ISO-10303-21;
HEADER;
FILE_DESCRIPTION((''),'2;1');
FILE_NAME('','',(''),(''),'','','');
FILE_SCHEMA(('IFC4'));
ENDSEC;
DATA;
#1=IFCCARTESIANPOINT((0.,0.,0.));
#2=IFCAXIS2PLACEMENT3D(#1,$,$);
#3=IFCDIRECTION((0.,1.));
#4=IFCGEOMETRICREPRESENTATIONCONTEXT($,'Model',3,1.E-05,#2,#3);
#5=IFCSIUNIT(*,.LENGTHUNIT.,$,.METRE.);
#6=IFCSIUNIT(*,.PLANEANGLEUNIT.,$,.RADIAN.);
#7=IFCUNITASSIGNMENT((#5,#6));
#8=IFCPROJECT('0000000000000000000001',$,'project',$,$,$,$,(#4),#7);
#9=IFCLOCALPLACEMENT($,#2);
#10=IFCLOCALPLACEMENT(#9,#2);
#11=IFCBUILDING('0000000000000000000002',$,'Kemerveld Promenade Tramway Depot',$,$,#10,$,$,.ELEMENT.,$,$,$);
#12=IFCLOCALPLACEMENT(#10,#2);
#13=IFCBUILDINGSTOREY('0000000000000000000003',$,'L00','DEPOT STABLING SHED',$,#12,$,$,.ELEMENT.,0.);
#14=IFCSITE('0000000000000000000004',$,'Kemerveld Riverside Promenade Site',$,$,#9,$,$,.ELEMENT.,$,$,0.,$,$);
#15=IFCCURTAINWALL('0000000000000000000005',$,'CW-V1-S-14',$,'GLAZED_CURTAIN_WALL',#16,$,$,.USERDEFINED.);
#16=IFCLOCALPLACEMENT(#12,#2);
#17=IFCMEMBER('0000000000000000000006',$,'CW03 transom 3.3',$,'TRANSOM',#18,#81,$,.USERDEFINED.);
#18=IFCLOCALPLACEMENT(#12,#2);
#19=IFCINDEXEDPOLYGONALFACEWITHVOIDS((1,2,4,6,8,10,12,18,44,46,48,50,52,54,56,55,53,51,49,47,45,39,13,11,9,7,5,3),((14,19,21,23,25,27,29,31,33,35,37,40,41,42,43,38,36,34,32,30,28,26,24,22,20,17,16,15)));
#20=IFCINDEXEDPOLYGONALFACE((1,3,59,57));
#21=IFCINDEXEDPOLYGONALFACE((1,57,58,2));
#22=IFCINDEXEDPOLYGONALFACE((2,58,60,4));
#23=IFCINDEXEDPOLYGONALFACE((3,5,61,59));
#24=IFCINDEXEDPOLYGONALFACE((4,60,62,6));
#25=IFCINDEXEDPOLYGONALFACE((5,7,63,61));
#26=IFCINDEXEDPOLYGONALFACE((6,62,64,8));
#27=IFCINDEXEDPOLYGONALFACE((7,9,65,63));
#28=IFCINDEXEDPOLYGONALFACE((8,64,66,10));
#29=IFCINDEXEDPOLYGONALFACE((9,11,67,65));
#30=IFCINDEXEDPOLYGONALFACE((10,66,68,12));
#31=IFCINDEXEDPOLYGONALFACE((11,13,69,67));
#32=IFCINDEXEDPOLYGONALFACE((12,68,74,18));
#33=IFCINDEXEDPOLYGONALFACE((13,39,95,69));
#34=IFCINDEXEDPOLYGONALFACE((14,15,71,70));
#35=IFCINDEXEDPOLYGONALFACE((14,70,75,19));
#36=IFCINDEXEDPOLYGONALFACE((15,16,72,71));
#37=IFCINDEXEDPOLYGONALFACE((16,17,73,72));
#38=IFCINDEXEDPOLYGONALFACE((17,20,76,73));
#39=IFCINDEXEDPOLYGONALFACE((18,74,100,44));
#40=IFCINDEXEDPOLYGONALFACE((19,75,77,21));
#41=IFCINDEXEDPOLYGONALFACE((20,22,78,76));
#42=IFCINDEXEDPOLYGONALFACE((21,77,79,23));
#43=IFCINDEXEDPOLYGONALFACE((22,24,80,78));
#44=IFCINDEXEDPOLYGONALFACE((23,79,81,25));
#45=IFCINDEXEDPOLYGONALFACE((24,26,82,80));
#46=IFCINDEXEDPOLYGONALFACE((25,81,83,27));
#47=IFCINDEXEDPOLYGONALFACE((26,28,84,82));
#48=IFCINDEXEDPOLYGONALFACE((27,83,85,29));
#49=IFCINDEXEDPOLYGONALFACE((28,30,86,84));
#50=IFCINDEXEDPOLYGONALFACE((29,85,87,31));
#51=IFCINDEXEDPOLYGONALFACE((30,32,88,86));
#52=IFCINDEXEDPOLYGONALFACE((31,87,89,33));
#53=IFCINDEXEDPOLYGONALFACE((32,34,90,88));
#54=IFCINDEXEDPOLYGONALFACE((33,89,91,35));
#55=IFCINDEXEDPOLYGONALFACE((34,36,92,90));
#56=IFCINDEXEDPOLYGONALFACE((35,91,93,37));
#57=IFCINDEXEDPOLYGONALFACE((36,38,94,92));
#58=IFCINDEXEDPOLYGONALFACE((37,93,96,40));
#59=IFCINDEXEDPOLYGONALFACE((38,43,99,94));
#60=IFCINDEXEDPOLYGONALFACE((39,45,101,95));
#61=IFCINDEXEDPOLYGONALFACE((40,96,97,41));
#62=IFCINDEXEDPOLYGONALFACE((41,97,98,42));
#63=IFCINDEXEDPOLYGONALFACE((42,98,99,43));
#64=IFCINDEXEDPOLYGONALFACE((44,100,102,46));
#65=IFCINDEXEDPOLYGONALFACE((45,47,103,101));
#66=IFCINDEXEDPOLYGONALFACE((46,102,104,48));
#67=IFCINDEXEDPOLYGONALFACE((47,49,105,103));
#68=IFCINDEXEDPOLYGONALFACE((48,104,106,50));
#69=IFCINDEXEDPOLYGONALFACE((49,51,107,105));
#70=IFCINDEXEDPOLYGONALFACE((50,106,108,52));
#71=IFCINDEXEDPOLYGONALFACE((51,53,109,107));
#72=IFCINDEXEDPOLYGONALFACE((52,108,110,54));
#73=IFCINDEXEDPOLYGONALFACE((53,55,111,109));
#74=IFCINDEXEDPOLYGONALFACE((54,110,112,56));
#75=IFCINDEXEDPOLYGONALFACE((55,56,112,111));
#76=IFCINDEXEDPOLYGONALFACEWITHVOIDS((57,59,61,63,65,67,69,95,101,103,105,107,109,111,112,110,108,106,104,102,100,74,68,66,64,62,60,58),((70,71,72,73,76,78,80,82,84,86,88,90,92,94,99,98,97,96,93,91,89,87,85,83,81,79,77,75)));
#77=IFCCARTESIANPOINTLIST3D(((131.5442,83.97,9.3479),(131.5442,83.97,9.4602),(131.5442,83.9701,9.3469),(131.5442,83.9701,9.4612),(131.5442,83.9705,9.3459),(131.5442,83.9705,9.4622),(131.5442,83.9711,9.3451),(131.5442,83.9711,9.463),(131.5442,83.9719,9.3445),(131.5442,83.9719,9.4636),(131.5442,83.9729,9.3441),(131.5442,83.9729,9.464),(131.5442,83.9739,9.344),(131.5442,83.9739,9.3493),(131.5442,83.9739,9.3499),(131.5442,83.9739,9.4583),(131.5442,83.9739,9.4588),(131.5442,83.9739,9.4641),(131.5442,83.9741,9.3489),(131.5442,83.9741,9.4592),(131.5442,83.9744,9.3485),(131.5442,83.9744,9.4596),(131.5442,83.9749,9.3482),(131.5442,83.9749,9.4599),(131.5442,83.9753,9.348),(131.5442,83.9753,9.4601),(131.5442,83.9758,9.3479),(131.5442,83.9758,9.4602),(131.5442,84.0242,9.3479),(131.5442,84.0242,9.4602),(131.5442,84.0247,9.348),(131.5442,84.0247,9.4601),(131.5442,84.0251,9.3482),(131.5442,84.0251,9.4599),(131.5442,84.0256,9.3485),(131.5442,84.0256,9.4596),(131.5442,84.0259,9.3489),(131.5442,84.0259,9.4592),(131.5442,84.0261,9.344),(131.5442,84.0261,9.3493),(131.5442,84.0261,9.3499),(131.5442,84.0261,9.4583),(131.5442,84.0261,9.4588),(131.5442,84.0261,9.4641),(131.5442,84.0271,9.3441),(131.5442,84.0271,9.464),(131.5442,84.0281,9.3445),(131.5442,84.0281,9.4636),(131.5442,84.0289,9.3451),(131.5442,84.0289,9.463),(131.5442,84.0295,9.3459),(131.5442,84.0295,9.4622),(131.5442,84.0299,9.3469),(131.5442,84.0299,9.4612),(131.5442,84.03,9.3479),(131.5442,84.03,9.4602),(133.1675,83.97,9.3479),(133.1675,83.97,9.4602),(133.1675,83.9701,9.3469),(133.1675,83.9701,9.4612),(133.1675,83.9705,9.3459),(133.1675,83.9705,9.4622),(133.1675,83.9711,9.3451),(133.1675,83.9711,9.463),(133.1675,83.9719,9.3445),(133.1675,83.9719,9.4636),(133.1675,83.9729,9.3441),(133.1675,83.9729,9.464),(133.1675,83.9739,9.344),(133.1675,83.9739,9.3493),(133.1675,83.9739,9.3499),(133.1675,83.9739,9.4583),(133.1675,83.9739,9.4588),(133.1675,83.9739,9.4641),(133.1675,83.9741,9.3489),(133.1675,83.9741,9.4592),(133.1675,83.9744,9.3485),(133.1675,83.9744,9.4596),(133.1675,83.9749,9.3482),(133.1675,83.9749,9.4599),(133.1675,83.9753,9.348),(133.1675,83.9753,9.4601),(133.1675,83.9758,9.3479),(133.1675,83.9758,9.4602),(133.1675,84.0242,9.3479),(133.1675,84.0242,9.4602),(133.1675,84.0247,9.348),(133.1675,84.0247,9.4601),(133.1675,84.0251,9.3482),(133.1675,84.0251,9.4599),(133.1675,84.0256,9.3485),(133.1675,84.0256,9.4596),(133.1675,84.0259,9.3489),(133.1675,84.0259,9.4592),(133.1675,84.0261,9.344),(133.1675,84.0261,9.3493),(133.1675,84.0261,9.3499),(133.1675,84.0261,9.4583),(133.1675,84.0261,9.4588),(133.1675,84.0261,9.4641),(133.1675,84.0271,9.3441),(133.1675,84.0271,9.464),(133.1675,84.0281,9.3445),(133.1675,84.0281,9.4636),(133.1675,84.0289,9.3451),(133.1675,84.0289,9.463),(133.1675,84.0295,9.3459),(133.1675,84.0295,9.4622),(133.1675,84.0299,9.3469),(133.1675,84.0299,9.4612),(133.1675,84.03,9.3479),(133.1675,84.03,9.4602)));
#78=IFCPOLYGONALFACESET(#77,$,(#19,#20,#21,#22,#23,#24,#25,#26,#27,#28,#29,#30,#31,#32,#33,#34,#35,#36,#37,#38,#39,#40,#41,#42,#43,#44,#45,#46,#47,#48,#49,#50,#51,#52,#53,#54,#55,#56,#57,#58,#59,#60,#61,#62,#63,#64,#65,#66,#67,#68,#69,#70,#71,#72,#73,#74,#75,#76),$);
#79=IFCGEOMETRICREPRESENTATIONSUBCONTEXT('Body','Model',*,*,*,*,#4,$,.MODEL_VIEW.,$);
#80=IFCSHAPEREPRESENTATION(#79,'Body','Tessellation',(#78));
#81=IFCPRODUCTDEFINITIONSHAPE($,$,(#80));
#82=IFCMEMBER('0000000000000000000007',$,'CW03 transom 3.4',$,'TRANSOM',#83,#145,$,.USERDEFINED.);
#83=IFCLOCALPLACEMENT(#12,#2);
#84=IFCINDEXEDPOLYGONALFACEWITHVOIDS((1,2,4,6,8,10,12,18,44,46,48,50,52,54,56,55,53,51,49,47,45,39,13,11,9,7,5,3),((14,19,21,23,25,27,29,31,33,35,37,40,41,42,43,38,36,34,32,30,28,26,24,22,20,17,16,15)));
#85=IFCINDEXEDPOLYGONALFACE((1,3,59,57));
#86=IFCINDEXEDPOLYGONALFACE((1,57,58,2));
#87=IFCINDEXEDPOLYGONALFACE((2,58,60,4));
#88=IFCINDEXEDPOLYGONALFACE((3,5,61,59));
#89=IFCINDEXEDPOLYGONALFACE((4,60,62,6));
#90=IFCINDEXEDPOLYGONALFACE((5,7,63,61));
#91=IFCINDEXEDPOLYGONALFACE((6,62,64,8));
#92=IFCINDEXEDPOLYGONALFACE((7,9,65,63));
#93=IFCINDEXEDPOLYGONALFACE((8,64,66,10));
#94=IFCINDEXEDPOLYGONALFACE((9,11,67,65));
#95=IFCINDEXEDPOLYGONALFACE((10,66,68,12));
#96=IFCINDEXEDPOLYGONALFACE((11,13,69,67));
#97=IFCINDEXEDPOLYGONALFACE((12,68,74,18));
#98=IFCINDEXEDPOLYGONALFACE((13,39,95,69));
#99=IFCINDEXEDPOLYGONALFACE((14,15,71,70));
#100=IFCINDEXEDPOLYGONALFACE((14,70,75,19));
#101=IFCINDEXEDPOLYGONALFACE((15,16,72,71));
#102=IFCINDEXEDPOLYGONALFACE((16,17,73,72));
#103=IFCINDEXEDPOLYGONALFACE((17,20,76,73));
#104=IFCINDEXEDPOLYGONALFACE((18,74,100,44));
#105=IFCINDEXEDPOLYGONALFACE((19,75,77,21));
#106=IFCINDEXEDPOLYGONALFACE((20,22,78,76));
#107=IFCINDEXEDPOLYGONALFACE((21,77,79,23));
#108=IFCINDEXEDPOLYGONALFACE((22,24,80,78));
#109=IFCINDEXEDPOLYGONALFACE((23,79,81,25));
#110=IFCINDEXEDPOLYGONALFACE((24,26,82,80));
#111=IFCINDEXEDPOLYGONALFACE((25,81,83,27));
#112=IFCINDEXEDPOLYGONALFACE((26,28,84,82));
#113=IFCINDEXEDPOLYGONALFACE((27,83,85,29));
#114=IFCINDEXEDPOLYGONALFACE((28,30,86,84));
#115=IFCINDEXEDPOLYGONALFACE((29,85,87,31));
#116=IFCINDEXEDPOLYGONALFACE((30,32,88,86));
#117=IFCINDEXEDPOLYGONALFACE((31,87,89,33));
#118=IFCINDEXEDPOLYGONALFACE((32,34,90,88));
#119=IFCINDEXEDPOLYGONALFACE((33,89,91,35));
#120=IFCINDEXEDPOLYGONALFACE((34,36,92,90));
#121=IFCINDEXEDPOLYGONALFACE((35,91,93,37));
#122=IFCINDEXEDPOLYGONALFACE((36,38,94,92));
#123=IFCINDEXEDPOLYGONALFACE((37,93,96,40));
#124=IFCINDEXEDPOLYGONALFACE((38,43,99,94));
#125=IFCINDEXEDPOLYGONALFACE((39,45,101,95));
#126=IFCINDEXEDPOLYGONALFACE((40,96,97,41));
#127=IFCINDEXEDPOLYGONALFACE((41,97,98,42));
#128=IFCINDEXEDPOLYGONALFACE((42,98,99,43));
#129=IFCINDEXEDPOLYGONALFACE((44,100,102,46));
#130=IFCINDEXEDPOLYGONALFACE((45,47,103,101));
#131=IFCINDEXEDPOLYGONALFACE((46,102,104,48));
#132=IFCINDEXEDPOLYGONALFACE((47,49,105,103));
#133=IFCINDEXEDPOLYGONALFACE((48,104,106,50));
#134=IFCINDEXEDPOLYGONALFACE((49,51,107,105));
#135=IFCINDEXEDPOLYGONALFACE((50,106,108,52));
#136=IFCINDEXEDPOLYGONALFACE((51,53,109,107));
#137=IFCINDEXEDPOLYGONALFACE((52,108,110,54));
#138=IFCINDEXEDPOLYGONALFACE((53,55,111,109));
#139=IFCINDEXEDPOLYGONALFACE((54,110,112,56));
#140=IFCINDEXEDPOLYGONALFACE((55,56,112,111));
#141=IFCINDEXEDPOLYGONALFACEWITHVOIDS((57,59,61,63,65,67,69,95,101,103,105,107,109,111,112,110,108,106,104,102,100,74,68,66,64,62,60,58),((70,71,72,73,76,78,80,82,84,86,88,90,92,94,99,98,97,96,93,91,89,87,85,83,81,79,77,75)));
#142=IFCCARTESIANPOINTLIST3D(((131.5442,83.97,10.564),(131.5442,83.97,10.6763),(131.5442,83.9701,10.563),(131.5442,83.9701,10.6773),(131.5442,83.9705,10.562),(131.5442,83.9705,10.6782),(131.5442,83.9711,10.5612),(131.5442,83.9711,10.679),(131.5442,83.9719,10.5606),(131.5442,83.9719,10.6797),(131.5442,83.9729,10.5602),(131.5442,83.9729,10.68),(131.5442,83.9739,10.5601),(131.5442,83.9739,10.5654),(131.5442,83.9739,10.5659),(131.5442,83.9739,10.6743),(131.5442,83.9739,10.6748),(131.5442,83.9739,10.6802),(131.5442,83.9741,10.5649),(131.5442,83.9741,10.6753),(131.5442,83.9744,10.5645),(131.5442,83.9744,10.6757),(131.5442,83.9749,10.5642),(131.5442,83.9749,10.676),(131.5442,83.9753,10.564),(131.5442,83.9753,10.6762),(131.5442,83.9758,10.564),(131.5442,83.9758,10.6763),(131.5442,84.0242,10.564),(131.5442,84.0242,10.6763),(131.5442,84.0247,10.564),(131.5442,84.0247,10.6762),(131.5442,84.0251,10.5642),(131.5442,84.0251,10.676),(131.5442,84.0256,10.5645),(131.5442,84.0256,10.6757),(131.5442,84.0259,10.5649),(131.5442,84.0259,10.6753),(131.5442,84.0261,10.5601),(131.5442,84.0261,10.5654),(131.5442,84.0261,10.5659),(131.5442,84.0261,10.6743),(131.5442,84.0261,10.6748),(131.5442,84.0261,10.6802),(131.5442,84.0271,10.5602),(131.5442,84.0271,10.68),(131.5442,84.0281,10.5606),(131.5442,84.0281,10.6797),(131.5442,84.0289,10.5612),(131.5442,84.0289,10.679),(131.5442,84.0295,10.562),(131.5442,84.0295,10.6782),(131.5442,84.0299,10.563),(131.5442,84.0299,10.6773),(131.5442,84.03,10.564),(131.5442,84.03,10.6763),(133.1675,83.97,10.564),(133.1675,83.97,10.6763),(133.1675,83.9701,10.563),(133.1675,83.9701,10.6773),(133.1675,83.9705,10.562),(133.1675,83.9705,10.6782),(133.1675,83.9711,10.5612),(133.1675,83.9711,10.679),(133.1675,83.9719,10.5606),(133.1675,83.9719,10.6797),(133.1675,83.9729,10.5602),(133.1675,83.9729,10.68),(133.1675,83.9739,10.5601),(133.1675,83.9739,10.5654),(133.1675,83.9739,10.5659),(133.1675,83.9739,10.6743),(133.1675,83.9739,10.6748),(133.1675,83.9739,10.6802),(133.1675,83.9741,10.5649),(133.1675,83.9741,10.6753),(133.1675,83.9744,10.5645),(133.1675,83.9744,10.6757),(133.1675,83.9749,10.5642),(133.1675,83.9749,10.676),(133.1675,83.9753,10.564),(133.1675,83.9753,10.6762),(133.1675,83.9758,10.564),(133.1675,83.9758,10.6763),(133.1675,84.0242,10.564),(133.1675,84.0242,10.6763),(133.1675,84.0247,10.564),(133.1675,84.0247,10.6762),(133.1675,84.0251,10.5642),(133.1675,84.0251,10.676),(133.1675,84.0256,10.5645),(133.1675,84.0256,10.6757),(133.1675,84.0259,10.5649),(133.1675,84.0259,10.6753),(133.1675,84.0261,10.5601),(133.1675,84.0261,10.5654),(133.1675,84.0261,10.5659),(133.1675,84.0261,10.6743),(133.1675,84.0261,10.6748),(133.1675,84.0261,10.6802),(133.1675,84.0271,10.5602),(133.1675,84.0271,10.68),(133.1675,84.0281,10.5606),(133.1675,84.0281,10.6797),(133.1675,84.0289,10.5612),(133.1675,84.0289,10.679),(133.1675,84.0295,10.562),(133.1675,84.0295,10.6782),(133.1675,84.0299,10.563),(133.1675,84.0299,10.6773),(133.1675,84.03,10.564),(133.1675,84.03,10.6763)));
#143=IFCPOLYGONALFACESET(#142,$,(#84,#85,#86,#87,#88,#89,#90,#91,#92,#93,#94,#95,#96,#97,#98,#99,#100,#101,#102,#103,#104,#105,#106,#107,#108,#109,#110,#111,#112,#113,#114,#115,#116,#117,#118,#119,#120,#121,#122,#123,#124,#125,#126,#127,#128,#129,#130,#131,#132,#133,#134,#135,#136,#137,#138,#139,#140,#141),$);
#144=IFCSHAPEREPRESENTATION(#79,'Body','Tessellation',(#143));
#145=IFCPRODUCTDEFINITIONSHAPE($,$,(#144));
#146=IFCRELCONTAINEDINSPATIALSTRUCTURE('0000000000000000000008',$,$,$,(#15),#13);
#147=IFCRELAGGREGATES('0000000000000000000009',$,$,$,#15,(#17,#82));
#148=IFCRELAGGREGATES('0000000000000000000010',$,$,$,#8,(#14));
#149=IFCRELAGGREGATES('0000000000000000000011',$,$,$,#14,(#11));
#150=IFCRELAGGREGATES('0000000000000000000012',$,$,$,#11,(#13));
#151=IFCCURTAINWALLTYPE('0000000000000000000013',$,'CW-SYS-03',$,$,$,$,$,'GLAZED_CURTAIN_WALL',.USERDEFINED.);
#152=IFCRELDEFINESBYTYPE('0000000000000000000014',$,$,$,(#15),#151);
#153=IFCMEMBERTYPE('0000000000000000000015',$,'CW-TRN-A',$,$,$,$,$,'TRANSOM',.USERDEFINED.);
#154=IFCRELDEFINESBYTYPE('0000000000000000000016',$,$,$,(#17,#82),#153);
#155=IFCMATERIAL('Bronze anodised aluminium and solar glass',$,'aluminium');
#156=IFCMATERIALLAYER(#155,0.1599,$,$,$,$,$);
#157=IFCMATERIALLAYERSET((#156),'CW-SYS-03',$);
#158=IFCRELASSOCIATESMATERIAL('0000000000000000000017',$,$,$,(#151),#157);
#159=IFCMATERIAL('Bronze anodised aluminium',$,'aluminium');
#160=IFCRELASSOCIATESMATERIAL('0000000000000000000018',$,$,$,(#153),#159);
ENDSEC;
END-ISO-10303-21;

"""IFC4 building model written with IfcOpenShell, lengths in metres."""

from ifc_helpers import new_model, si_unit, direction, frame, origin, origin_2d, place, context, subcontext, project, spatial, hollow_rectangle, extrude, material, layer, layer_set, material_profile, profile_set, type_object, element, aggregate, save


model = new_model("IFC4")

# Units and contexts
model_context = context("Model", 3, precision=1e-05, world=origin(), true_north=direction((0.0, 1.0)))
body_context = subcontext(model_context, "Body", "Model", "MODEL_VIEW")
ifc_project = project(units=[si_unit("LENGTHUNIT", "METRE"), si_unit("PLANEANGLEUNIT", "RADIAN")], contexts=[model_context])

# Site, building, storey
site_placement = place(None, origin())
site = spatial("IfcSite", under=ifc_project, at=site_placement, Name="Kemerveld Riverside Promenade Site", CompositionType="ELEMENT", RefElevation=0.0)
building_placement = place(site_placement, origin())
building = spatial("IfcBuilding", under=site, at=building_placement, Name="Kemerveld Promenade Tramway Depot", CompositionType="ELEMENT")
storey_placement = place(building_placement, origin())
storey = spatial("IfcBuildingStorey", under=building, at=storey_placement, Name="L00", Description="DEPOT STABLING SHED", CompositionType="ELEMENT", Elevation=0.0)

# Curtain wall, members
ifc_material_1 = material(Name="Bronze anodised aluminium and solar glass", Category="aluminium")
ifc_layer_1 = layer(ifc_material_1, 0.1599)
ifc_layer_set_1 = layer_set([ifc_layer_1], Name="CW-SYS-03")
curtain_wall_type_1 = type_object("IfcCurtainWallType", Name="CW-SYS-03", ElementType="GLAZED_CURTAIN_WALL", PredefinedType="USERDEFINED", material=ifc_layer_set_1)
curtain_wall_1_placement = place(storey_placement, origin())
curtain_wall_1 = element("IfcCurtainWall", 1, at=curtain_wall_1_placement, inside=storey, type_object=curtain_wall_type_1, Name="CW-V1-S-14", ObjectType="GLAZED_CURTAIN_WALL", PredefinedType="USERDEFINED")
ifc_material_2 = material(Name="Bronze anodised aluminium", Category="aluminium")
ifc_material_profile_1 = material_profile(ifc_material_2, hollow_rectangle(XDim=0.0601, YDim=0.1201, WallThickness=0.0039, InnerFilletRadius=0.002, OuterFilletRadius=0.0039, at=origin_2d()), Name="CW-TRN-120x60")
ifc_profile_set_1 = profile_set([ifc_material_profile_1], Name="Bronze anodised aluminium")
member_type_1 = type_object("IfcMemberType", Name="CW-TRN-A", ElementType="TRANSOM", PredefinedType="USERDEFINED", material=ifc_profile_set_1)
member_1_placement = place(storey_placement, frame((133.1675, 84.0, 9.4041), z_axis=(-1.0, 0.0, 0.0), x_axis=(0.0, -1.0, 0.0)))
member_1 = element("IfcMember", 2, at=member_1_placement, type_object=member_type_1, Name="CW03 transom 3.3", ObjectType="TRANSOM", PredefinedType="USERDEFINED", context=body_context, shape_type="SweptSolid", body=[
    extrude(hollow_rectangle(XDim=0.0601, YDim=0.1201, WallThickness=0.0039, InnerFilletRadius=0.002, OuterFilletRadius=0.0039, at=origin_2d()), origin(), (0.0, 0.0, 1.0), 1.6233),
])
member_2_placement = place(storey_placement, frame((133.1675, 84.0, 10.6201), z_axis=(-1.0, 0.0, 0.0), x_axis=(0.0, -1.0, 0.0)))
member_2 = element("IfcMember", 3, at=member_2_placement, type_object=member_type_1, Name="CW03 transom 3.4", ObjectType="TRANSOM", PredefinedType="USERDEFINED", context=body_context, shape_type="SweptSolid", body=[
    extrude(hollow_rectangle(XDim=0.0601, YDim=0.1201, WallThickness=0.0039, InnerFilletRadius=0.002, OuterFilletRadius=0.0039, at=origin_2d()), origin(), (0.0, 0.0, 1.0), 1.6233),
])

aggregate(curtain_wall_1, [member_1, member_2])

save(model, "model.ifc")
